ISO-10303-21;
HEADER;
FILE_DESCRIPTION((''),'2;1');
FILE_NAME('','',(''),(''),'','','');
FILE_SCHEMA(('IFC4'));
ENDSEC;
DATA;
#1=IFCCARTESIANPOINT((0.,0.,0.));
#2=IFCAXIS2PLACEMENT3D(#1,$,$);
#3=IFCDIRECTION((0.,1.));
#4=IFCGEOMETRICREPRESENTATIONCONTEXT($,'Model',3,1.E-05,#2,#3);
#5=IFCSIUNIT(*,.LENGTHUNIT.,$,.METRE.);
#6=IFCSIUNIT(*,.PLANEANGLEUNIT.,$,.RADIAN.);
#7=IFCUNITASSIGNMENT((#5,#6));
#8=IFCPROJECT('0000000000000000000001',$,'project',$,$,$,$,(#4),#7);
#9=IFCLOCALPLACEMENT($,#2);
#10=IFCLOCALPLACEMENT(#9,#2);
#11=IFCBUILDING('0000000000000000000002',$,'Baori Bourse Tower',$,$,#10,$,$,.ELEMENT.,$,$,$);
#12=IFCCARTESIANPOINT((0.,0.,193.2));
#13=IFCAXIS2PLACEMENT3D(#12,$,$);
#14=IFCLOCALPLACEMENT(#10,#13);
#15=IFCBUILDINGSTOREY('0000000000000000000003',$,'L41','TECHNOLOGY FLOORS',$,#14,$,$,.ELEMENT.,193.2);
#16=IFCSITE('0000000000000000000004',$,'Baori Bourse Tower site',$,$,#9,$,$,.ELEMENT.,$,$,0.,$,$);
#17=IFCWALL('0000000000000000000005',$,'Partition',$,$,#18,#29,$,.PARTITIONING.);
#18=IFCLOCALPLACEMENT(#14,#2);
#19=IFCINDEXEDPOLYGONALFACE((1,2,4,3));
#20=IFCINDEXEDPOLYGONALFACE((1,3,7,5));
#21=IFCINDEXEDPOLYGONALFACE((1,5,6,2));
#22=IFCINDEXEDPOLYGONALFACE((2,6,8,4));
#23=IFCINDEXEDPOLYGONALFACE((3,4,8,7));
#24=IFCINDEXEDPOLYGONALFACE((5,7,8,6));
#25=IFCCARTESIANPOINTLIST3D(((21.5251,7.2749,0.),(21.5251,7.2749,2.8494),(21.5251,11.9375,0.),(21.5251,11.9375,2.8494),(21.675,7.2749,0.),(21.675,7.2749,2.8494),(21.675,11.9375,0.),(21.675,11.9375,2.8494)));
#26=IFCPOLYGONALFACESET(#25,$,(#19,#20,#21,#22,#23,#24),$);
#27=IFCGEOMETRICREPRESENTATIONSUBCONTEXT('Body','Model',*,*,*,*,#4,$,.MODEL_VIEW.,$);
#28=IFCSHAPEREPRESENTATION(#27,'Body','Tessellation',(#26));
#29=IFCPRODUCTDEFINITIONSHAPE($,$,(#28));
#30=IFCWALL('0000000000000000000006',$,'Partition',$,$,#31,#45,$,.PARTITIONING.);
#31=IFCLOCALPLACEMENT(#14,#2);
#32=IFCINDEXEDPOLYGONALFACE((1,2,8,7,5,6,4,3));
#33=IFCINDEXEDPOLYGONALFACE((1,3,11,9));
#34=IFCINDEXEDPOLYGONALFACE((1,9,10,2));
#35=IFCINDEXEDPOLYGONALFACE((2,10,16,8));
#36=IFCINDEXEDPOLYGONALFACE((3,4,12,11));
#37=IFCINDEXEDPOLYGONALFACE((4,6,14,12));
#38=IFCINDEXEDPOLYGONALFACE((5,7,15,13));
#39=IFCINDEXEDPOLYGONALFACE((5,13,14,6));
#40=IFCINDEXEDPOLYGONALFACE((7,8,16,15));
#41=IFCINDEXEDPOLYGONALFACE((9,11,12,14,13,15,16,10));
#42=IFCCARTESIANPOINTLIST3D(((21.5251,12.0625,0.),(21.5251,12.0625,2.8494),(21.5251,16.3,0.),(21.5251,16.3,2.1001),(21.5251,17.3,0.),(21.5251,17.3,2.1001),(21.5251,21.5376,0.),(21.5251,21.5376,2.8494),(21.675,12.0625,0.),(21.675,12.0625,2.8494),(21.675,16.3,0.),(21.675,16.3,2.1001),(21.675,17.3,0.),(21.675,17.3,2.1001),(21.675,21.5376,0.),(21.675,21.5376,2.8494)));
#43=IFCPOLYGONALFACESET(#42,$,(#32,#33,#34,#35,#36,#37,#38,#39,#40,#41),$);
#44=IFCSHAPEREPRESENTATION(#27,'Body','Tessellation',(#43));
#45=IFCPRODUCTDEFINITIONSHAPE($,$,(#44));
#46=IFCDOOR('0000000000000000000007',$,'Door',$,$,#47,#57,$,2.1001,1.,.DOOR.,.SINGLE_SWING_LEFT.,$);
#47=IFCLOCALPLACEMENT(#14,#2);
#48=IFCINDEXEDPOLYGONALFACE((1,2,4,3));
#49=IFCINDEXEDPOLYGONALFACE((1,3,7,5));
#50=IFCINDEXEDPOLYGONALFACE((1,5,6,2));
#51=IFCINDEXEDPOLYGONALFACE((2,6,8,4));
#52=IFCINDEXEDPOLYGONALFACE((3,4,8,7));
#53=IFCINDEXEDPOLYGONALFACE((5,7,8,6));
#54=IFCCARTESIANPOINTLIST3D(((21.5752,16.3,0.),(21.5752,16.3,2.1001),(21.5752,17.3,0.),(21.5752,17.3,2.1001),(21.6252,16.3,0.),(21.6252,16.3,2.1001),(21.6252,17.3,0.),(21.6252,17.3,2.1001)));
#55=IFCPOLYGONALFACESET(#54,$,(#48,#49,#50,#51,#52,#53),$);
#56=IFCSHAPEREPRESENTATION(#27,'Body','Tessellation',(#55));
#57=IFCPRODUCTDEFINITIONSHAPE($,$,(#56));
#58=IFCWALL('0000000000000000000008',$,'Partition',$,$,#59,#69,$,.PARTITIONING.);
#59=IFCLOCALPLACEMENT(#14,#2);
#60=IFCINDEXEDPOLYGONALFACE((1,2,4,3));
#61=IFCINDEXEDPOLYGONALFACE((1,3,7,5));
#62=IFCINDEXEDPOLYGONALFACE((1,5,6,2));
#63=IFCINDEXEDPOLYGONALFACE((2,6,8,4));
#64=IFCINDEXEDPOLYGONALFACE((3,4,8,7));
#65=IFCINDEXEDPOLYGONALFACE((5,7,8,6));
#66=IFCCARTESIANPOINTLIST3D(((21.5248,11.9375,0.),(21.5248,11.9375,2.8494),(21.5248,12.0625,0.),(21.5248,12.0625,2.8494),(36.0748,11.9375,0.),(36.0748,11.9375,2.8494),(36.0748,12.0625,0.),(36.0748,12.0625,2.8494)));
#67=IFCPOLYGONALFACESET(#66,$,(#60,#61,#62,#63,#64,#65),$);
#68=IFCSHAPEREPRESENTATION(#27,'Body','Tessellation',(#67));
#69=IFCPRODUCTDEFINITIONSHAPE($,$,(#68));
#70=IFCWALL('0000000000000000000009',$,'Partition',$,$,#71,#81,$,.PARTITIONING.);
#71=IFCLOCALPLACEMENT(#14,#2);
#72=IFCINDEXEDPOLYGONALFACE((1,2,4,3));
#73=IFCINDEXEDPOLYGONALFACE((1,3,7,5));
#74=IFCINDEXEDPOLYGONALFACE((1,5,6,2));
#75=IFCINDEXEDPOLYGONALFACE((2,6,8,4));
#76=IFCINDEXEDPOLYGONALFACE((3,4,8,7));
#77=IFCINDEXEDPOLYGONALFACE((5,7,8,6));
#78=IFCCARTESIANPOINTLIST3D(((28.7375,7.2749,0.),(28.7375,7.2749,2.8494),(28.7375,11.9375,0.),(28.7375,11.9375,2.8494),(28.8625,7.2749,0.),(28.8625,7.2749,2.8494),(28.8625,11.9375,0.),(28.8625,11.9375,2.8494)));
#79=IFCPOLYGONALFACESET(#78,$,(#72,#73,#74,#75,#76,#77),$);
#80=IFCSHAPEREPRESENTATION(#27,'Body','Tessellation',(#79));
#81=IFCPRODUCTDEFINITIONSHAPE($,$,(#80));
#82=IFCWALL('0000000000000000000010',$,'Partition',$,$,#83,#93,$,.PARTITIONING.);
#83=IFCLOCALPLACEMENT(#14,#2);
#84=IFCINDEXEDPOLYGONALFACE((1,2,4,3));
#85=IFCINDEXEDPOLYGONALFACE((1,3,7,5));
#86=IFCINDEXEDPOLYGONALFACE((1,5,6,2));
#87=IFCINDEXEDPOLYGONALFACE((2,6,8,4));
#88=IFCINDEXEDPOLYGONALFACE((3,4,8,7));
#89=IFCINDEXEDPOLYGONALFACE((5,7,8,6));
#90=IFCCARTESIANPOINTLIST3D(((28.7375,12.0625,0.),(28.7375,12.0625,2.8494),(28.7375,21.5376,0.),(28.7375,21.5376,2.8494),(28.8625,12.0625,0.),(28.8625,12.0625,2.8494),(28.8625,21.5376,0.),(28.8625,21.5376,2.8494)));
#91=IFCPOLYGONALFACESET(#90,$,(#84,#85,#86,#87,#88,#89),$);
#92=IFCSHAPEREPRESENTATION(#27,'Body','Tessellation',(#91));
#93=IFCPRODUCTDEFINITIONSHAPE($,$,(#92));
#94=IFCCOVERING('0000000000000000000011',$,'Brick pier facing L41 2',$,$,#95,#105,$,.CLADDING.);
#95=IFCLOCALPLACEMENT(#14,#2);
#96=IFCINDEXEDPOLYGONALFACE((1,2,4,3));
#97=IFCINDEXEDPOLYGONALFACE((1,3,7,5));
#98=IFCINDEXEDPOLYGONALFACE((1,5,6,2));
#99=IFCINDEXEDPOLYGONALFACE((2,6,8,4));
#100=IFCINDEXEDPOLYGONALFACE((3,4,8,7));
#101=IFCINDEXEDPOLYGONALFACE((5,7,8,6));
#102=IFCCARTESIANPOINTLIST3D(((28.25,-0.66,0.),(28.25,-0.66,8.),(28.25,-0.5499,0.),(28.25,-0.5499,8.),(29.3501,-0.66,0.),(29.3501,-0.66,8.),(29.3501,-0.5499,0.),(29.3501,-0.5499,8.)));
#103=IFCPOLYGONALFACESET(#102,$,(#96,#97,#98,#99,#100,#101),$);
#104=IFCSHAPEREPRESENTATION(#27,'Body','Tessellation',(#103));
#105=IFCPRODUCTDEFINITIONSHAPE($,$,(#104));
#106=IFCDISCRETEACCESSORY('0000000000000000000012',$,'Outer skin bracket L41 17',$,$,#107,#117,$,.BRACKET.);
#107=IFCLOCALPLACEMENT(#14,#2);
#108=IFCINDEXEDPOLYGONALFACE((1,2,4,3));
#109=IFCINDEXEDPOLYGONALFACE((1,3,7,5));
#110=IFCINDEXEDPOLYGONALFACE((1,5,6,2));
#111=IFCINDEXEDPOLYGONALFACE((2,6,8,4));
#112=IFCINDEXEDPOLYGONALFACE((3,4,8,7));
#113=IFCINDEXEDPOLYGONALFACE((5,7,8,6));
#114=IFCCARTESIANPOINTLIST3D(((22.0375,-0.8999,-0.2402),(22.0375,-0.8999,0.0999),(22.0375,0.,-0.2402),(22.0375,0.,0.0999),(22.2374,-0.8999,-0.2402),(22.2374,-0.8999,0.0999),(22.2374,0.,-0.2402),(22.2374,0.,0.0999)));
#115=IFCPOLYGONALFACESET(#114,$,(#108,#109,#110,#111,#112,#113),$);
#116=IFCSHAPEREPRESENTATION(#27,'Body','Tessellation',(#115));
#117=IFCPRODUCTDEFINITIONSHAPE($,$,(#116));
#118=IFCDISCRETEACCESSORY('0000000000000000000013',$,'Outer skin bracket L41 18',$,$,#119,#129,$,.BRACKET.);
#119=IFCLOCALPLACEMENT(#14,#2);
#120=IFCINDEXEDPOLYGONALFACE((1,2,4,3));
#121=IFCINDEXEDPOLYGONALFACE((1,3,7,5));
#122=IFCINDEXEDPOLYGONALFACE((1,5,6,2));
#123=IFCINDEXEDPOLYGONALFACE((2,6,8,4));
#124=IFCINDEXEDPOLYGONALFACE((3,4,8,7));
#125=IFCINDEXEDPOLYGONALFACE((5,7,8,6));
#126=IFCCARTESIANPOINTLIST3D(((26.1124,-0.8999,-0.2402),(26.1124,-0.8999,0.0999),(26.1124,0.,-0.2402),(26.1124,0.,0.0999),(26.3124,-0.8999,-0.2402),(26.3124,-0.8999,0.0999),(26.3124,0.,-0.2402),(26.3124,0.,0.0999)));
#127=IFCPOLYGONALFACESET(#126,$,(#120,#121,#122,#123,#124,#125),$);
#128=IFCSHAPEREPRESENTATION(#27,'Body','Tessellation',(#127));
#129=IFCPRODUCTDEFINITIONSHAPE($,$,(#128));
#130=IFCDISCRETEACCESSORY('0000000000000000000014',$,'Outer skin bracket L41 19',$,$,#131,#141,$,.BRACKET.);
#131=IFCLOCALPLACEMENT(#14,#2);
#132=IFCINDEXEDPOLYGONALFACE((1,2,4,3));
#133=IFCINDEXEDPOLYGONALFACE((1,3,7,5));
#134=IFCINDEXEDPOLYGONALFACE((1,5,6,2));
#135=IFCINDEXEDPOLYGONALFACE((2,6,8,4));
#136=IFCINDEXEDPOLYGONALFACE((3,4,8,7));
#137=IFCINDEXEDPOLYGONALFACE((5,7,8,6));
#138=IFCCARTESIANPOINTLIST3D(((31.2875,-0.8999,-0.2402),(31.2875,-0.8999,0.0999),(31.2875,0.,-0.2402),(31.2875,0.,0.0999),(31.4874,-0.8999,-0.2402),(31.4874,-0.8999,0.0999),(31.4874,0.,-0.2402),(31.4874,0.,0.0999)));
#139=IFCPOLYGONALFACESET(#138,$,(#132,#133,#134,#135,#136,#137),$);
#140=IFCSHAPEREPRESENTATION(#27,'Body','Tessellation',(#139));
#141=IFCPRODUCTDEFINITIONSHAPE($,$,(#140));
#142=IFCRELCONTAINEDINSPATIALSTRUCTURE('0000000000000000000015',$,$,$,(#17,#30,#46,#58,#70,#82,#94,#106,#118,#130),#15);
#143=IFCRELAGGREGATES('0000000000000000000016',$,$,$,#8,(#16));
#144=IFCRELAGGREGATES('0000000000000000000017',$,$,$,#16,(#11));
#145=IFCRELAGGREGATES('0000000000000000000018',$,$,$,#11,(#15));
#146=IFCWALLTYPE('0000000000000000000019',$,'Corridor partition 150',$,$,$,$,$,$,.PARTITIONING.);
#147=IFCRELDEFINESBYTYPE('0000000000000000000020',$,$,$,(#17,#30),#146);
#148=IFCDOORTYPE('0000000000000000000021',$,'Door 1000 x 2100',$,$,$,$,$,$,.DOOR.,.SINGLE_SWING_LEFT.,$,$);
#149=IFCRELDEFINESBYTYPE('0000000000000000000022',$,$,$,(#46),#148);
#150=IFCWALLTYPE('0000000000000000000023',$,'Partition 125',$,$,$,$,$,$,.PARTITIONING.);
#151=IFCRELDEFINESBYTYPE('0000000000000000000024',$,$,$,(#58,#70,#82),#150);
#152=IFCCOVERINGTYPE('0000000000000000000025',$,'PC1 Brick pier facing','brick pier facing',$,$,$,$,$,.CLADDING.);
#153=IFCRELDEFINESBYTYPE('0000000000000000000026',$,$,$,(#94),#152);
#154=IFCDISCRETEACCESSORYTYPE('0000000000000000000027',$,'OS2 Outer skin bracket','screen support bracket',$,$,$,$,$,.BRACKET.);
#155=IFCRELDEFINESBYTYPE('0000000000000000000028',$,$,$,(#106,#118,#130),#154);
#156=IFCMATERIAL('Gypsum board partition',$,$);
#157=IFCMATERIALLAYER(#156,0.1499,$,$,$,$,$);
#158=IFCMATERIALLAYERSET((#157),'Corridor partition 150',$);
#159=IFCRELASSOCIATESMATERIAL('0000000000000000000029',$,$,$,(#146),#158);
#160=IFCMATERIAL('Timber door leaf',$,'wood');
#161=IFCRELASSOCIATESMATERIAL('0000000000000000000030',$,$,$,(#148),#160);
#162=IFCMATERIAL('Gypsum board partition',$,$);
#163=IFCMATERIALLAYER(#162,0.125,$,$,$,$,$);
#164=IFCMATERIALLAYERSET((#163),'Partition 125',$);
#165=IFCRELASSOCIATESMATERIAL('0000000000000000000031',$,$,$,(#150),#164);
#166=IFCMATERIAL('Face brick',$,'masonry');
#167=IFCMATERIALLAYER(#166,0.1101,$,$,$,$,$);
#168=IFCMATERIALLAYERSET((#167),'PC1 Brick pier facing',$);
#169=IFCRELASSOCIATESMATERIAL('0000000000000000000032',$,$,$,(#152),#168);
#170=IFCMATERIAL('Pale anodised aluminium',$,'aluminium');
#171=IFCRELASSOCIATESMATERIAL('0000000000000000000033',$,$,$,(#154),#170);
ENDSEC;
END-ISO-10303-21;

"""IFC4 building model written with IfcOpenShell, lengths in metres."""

from ifc_helpers import new_model, si_unit, direction, frame, frame_2d, origin, origin_2d, place, context, subcontext, project, spatial, rectangle, extrude, material, layer, layer_set, type_object, element, fill, save


model = new_model("IFC4")

# Units and contexts
model_context = context("Model", 3, precision=1e-05, world=origin(), true_north=direction((0.0, 1.0)))
body_context = subcontext(model_context, "Body", "Model", "MODEL_VIEW")
ifc_project = project(units=[si_unit("LENGTHUNIT", "METRE"), si_unit("PLANEANGLEUNIT", "RADIAN")], contexts=[model_context])

# Site, building, storey
site_placement = place(None, origin())
site = spatial("IfcSite", under=ifc_project, at=site_placement, Name="Baori Bourse Tower site", CompositionType="ELEMENT", RefElevation=0.0)
building_placement = place(site_placement, origin())
building = spatial("IfcBuilding", under=site, at=building_placement, Name="Baori Bourse Tower", CompositionType="ELEMENT")
storey_placement = place(building_placement, frame((0.0, 0.0, 193.2)))
storey = spatial("IfcBuildingStorey", under=building, at=storey_placement, Name="L41", Description="TECHNOLOGY FLOORS", CompositionType="ELEMENT", Elevation=193.2)

# Shared definitions
ifc_material_1 = material(Name="Gypsum board partition")
ifc_layer_1 = layer(ifc_material_1, 0.1499)
ifc_layer_set_1 = layer_set([ifc_layer_1], Name="Corridor partition 150")
wall_type_1 = type_object("IfcWallType", Name="Corridor partition 150", PredefinedType="PARTITIONING", material=ifc_layer_set_1)
ifc_material_2 = material(Name="Timber door leaf", Category="wood")
door_type = type_object("IfcDoorType", Name="Door 1000 x 2100", OperationType="SINGLE_SWING_LEFT", PredefinedType="DOOR", material=ifc_material_2)

# Wall
wall_1_placement = place(storey_placement, frame((21.6001, 7.2749, 0.0), z_axis=(0.0, 0.0, 1.0), x_axis=(0.0, 1.0, 0.0)))
element("IfcWall", 1, at=wall_1_placement, inside=storey, type_object=wall_type_1, Name="Partition", PredefinedType="PARTITIONING", context=body_context, shape_type="SweptSolid", body=[
    extrude(rectangle(XDim=4.6626, YDim=0.1499, at=frame_2d((2.3313, 0.0))), origin(), (0.0, 0.0, 1.0), 2.8494),
])

# Wall, opening, door
wall_2_placement = place(storey_placement, frame((21.6001, 12.0625, 0.0), z_axis=(0.0, 0.0, 1.0), x_axis=(0.0, 1.0, 0.0)))
wall_2 = element("IfcWall", 2, at=wall_2_placement, inside=storey, type_object=wall_type_1, Name="Partition", PredefinedType="PARTITIONING", context=body_context, shape_type="SweptSolid", body=[
    extrude(rectangle(XDim=9.4751, YDim=0.1499, at=frame_2d((4.7375, 0.0))), origin(), (0.0, 0.0, 1.0), 2.8494),
])
opening_1_placement = place(wall_2_placement, frame((4.2375, 0.0, 0.0)))
opening_1 = element("IfcOpeningElement", 3, at=opening_1_placement, cuts=wall_2, PredefinedType="OPENING", context=body_context, shape_type="SweptSolid", body=[
    extrude(rectangle(XDim=1.0, YDim=2.1001, at=frame_2d((0.5, 1.05))), frame((0.0, 0.085, 0.0), z_axis=(0.0, -1.0, 0.0), x_axis=(1.0, 0.0, 0.0)), (0.0, 0.0, 1.0), 0.1699),
])
door_1_placement = place(opening_1_placement, origin())
door_1 = element("IfcDoor", 4, at=door_1_placement, inside=storey, type_object=door_type, Name="Door", OperationType="SINGLE_SWING_LEFT", OverallHeight=2.1001, OverallWidth=1.0, PredefinedType="DOOR", context=body_context, shape_type="SweptSolid", body=[
    extrude(rectangle(XDim=1.0, YDim=2.1001, at=frame_2d((0.5, 1.05))), frame((0.0, 0.0249, 0.0), z_axis=(0.0, -1.0, 0.0), x_axis=(1.0, 0.0, 0.0)), (0.0, 0.0, 1.0), 0.05),
])
fill(opening_1, door_1)

# Walls
ifc_material_3 = material(Name="Gypsum board partition")
ifc_layer_2 = layer(ifc_material_3, 0.125)
ifc_layer_set_2 = layer_set([ifc_layer_2], Name="Partition 125")
wall_type_2 = type_object("IfcWallType", Name="Partition 125", PredefinedType="PARTITIONING", material=ifc_layer_set_2)
wall_3_placement = place(storey_placement, frame((21.5249, 12.0, 0.0), z_axis=(0.0, 0.0, 1.0), x_axis=(1.0, 0.0, 0.0)))
element("IfcWall", 5, at=wall_3_placement, inside=storey, type_object=wall_type_2, Name="Partition", PredefinedType="PARTITIONING", context=body_context, shape_type="SweptSolid", body=[
    extrude(rectangle(XDim=14.55, YDim=0.125, at=frame_2d((7.2749, 0.0))), origin(), (0.0, 0.0, 1.0), 2.8494),
])
wall_4_placement = place(storey_placement, frame((28.8, 7.2749, 0.0), z_axis=(0.0, 0.0, 1.0), x_axis=(0.0, 1.0, 0.0)))
element("IfcWall", 6, at=wall_4_placement, inside=storey, type_object=wall_type_2, Name="Partition", PredefinedType="PARTITIONING", context=body_context, shape_type="SweptSolid", body=[
    extrude(rectangle(XDim=4.6626, YDim=0.125, at=frame_2d((2.3313, 0.0))), origin(), (0.0, 0.0, 1.0), 2.8494),
])
wall_5_placement = place(storey_placement, frame((28.8, 12.0625, 0.0), z_axis=(0.0, 0.0, 1.0), x_axis=(0.0, 1.0, 0.0)))
element("IfcWall", 7, at=wall_5_placement, inside=storey, type_object=wall_type_2, Name="Partition", PredefinedType="PARTITIONING", context=body_context, shape_type="SweptSolid", body=[
    extrude(rectangle(XDim=9.4751, YDim=0.125, at=frame_2d((4.7375, 0.0))), origin(), (0.0, 0.0, 1.0), 2.8494),
])

# Covering
ifc_material_4 = material(Name="Face brick", Category="masonry")
ifc_layer_3 = layer(ifc_material_4, 0.1101)
ifc_layer_set_3 = layer_set([ifc_layer_3], Name="PC1 Brick pier facing")
covering_type = type_object("IfcCoveringType", Name="PC1 Brick pier facing", Description="brick pier facing", PredefinedType="CLADDING", material=ifc_layer_set_3)
covering_placement = place(storey_placement, frame((28.8, -0.605, 0.0), z_axis=(0.0, 0.0, 1.0), x_axis=(1.0, 0.0, 0.0)))
element("IfcCovering", 8, at=covering_placement, inside=storey, type_object=covering_type, Name="Brick pier facing L41 2", PredefinedType="CLADDING", context=body_context, shape_type="SweptSolid", body=[
    extrude(rectangle(XDim=1.1001, YDim=0.1101, at=origin_2d()), origin(), (0.0, 0.0, 1.0), 8.0),
])

# Discrete accessories
ifc_material_5 = material(Name="Pale anodised aluminium", Category="aluminium")
discrete_accessory_type = type_object("IfcDiscreteAccessoryType", Name="OS2 Outer skin bracket", Description="screen support bracket", PredefinedType="BRACKET", material=ifc_material_5)
for number, where, z_axis, x_axis, name in (
    (9, (22.1375, -0.45, -0.2402), (0.0, 0.0, 1.0), (1.0, 0.0, 0.0), "Outer skin bracket L41 17"),
    (10, (26.2124, -0.45, -0.2402), (0.0, 0.0, 1.0), (1.0, 0.0, 0.0), "Outer skin bracket L41 18"),
    (11, (31.3875, -0.45, -0.2402), (0.0, 0.0, 1.0), (1.0, 0.0, 0.0), "Outer skin bracket L41 19"),
):
    element("IfcDiscreteAccessory", number, at=place(storey_placement, frame(where, z_axis=z_axis, x_axis=x_axis)), inside=storey, type_object=discrete_accessory_type, Name=name, PredefinedType="BRACKET", context=body_context, shape_type="SweptSolid", body=[
        extrude(rectangle(XDim=0.2, YDim=0.8999, at=origin_2d()), origin(), (0.0, 0.0, 1.0), 0.3401),
    ])

save(model, "model.ifc")
